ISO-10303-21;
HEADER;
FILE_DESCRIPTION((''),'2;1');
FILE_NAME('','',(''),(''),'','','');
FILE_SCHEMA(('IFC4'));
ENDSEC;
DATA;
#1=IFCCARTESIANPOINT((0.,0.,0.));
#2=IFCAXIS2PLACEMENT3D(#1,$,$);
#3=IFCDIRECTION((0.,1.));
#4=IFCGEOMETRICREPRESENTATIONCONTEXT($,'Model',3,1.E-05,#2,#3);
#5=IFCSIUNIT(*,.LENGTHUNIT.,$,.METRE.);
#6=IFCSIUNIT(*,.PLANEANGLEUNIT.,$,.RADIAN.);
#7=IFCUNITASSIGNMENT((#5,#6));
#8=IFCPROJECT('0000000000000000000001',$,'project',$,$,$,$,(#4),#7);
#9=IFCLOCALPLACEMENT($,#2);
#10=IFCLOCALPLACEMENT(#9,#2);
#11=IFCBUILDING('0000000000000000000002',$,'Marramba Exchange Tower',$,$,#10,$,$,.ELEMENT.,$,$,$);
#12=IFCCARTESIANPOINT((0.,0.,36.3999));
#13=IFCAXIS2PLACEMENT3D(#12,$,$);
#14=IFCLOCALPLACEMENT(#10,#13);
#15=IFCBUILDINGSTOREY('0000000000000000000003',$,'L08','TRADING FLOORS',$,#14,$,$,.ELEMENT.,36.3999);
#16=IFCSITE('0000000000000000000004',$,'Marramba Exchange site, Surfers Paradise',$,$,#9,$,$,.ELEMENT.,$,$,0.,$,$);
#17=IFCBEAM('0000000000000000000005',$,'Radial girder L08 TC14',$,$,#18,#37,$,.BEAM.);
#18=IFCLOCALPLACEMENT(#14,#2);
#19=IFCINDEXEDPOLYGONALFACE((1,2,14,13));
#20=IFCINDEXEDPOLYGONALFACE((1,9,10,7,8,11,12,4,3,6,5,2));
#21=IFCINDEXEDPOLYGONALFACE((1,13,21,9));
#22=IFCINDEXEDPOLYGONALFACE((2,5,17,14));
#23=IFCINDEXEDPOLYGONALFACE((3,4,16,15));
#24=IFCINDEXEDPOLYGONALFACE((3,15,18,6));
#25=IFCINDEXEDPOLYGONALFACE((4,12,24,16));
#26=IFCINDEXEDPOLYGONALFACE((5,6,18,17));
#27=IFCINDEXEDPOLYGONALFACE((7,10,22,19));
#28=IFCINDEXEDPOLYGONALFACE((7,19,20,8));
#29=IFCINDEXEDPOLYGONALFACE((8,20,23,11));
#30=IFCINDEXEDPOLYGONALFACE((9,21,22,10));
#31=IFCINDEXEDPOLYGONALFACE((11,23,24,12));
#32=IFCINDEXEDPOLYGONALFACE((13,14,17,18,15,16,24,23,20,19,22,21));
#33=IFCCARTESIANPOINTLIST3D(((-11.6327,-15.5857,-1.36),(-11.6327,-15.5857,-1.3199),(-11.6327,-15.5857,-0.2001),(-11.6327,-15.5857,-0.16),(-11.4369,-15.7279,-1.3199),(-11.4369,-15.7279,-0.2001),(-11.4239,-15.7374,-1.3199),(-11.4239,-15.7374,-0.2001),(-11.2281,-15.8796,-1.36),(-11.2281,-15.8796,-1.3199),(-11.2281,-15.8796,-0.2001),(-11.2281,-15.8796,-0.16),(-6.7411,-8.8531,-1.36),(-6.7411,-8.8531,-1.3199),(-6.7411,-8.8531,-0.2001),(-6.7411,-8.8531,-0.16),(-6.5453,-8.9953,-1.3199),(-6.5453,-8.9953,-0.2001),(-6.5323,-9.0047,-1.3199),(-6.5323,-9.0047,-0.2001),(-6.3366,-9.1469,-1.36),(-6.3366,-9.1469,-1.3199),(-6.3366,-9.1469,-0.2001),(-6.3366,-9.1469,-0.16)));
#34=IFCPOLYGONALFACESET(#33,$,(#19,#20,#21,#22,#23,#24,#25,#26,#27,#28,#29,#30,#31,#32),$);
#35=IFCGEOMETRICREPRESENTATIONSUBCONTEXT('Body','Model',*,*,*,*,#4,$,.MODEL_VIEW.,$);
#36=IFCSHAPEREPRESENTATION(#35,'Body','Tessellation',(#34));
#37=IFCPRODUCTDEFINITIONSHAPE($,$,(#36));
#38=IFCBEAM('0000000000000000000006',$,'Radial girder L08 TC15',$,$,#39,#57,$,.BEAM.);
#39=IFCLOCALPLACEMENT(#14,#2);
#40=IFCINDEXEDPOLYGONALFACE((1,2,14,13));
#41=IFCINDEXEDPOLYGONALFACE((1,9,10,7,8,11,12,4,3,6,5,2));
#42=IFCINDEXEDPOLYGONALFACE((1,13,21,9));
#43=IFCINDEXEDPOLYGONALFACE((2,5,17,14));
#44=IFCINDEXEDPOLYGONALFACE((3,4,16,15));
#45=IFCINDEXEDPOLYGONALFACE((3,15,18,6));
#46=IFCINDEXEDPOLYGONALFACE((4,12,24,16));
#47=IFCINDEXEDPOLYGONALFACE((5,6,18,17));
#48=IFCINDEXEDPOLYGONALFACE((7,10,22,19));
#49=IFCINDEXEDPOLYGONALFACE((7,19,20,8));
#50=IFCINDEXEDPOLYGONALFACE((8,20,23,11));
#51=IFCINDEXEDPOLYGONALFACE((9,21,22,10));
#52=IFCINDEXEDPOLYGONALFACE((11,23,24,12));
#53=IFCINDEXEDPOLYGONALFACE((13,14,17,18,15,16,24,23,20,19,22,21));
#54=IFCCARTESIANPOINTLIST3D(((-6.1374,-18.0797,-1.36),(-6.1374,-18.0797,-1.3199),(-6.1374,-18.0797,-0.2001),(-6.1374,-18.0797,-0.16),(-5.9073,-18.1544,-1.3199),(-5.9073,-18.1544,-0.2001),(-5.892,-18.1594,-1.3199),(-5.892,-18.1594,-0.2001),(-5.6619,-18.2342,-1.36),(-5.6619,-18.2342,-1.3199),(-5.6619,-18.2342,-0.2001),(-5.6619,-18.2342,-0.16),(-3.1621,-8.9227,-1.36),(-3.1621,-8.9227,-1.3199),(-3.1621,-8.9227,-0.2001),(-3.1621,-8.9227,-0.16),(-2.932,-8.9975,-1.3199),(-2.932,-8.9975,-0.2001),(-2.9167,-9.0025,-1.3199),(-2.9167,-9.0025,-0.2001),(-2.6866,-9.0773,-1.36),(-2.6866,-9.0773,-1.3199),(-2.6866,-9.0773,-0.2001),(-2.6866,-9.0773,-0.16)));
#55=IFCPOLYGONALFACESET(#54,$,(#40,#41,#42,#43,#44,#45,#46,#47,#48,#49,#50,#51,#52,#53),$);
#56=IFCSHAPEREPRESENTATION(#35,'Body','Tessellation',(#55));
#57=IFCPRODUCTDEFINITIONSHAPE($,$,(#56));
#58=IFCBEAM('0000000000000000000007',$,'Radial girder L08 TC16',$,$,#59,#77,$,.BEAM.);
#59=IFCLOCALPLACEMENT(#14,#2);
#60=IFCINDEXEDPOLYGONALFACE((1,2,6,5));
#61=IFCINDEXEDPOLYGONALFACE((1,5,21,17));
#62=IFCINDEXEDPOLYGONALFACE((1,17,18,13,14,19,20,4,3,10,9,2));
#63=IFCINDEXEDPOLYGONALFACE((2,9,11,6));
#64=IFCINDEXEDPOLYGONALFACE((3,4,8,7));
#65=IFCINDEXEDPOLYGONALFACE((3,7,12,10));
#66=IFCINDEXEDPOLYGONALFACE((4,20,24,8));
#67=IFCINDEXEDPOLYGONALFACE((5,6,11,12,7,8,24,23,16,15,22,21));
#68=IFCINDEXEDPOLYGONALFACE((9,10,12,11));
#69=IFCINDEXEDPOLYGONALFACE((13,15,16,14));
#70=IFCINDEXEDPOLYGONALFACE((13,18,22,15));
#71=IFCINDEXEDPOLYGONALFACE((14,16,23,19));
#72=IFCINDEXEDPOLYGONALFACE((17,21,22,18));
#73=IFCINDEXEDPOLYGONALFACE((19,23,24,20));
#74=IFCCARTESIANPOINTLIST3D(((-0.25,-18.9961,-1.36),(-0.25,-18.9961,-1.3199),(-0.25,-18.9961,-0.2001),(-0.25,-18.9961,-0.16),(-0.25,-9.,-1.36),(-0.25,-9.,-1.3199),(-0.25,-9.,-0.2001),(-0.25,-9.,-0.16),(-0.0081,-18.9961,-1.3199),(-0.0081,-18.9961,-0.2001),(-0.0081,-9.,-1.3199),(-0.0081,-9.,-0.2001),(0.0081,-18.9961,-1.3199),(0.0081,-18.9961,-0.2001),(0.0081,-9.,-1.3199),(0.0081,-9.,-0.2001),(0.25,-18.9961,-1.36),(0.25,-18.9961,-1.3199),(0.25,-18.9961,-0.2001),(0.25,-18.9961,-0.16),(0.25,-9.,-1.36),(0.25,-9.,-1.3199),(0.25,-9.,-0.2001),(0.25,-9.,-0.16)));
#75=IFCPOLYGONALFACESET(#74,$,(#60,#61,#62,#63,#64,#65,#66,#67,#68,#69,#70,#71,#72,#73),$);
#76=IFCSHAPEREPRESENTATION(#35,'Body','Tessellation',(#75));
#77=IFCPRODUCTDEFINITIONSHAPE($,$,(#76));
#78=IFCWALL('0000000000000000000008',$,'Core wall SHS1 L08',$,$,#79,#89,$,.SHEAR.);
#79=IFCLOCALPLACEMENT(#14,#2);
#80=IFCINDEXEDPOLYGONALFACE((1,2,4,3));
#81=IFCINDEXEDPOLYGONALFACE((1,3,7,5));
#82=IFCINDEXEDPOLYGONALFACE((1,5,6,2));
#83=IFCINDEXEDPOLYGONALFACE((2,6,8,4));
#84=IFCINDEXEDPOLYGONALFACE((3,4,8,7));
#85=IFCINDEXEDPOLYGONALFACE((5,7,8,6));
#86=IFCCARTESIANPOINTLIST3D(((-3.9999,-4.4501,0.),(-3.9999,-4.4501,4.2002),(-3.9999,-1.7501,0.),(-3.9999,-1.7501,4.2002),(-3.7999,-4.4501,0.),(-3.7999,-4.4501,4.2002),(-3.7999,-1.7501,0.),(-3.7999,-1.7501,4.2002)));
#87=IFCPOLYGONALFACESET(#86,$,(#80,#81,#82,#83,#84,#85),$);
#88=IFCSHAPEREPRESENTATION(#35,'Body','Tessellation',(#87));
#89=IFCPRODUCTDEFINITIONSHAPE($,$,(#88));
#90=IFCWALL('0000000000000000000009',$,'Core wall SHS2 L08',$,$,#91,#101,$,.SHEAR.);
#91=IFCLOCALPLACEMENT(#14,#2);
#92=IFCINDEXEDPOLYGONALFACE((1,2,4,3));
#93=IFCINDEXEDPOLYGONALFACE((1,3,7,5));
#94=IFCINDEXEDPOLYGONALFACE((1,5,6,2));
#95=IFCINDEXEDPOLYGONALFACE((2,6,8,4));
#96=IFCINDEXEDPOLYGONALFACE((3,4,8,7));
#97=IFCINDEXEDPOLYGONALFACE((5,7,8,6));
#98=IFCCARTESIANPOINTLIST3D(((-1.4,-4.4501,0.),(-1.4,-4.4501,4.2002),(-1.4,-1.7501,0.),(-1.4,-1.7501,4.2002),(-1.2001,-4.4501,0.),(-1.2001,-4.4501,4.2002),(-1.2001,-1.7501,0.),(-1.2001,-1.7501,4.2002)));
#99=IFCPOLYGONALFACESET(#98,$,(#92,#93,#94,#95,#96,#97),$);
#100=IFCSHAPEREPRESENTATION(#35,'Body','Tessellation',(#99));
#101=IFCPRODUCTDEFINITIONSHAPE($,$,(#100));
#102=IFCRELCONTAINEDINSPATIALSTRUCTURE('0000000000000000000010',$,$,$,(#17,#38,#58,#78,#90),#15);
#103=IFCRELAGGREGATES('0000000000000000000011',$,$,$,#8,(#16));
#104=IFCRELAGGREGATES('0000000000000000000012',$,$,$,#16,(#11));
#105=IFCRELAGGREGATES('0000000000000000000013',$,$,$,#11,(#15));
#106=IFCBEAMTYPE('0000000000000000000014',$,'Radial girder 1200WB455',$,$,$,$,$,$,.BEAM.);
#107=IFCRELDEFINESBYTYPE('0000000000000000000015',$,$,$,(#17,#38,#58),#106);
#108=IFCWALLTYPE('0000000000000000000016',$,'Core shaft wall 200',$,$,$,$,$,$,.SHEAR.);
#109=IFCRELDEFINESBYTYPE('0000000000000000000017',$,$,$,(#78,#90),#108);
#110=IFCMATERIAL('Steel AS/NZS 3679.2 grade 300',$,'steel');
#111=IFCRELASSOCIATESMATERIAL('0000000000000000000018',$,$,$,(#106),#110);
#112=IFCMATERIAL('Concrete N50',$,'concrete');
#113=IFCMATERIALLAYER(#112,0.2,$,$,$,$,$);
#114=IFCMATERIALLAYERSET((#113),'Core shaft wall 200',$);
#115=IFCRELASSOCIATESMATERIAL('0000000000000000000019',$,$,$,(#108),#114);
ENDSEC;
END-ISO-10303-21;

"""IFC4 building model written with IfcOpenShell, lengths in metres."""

from ifc_helpers import new_model, si_unit, direction, frame, frame_2d, origin, origin_2d, place, context, subcontext, project, spatial, rectangle, i_section, extrude, material, layer, layer_set, material_profile, profile_set, type_object, element, save


model = new_model("IFC4")

# Units and contexts
model_context = context("Model", 3, precision=1e-05, world=origin(), true_north=direction((0.0, 1.0)))
body_context = subcontext(model_context, "Body", "Model", "MODEL_VIEW")
ifc_project = project(units=[si_unit("LENGTHUNIT", "METRE"), si_unit("PLANEANGLEUNIT", "RADIAN")], contexts=[model_context])

# Site, building, storey
site_placement = place(None, origin())
site = spatial("IfcSite", under=ifc_project, at=site_placement, Name="Marramba Exchange site, Surfers Paradise", CompositionType="ELEMENT", RefElevation=0.0)
building_placement = place(site_placement, origin())
building = spatial("IfcBuilding", under=site, at=building_placement, Name="Marramba Exchange Tower", CompositionType="ELEMENT")
storey_placement = place(building_placement, frame((0.0, 0.0, 36.3999)))
storey = spatial("IfcBuildingStorey", under=building, at=storey_placement, Name="L08", Description="TRADING FLOORS", CompositionType="ELEMENT", Elevation=36.3999)

# Beams
ifc_material_1 = material(Name="Steel AS/NZS 3679.2 grade 300", Category="steel")
ifc_material_profile = material_profile(ifc_material_1, i_section(OverallWidth=0.5, OverallDepth=1.2, WebThickness=0.0161, FlangeThickness=0.04, at=origin_2d()), Name="1200WB455")
ifc_profile_set = profile_set([ifc_material_profile], Name="Steel AS/NZS 3679.2 grade 300")
beam_type = type_object("IfcBeamType", Name="Radial girder 1200WB455", PredefinedType="BEAM", material=ifc_profile_set)
beam_1_placement = place(storey_placement, frame((-6.5388, -9.0, -0.76), z_axis=(-0.587788, -0.809015, 0.0), x_axis=(0.809015, -0.587788, 0.0)))
element("IfcBeam", 1, at=beam_1_placement, inside=storey, type_object=beam_type, Name="Radial girder L08 TC14", PredefinedType="BEAM", context=body_context, shape_type="SweptSolid", body=[
    extrude(i_section(OverallWidth=0.5, OverallDepth=1.2, WebThickness=0.0161, FlangeThickness=0.04, at=origin_2d()), origin(), (0.0, 0.0, 1.0), 8.322),
])
beam_2_placement = place(storey_placement, frame((-2.9243, -9.0, -0.76), z_axis=(-0.309022, -0.951055, 0.0), x_axis=(0.951055, -0.309022, 0.0)))
element("IfcBeam", 2, at=beam_2_placement, inside=storey, type_object=beam_type, Name="Radial girder L08 TC15", PredefinedType="BEAM", context=body_context, shape_type="SweptSolid", body=[
    extrude(i_section(OverallWidth=0.5, OverallDepth=1.2, WebThickness=0.0161, FlangeThickness=0.04, at=origin_2d()), origin(), (0.0, 0.0, 1.0), 9.6282),
])
beam_3_placement = place(storey_placement, frame((0.0, -9.0, -0.76), z_axis=(0.0, -1.0, 0.0), x_axis=(1.0, 0.0, 0.0)))
element("IfcBeam", 3, at=beam_3_placement, inside=storey, type_object=beam_type, Name="Radial girder L08 TC16", PredefinedType="BEAM", context=body_context, shape_type="SweptSolid", body=[
    extrude(i_section(OverallWidth=0.5, OverallDepth=1.2, WebThickness=0.0161, FlangeThickness=0.04, at=origin_2d()), origin(), (0.0, 0.0, 1.0), 9.9961),
])

# Walls
ifc_material_2 = material(Name="Concrete N50", Category="concrete")
ifc_layer_1 = layer(ifc_material_2, 0.2)
ifc_layer_set_1 = layer_set([ifc_layer_1], Name="Core shaft wall 200")
wall_type_1 = type_object("IfcWallType", Name="Core shaft wall 200", PredefinedType="SHEAR", material=ifc_layer_set_1)
for number, where, z_axis, x_axis, name in (
    (4, (-3.8999, -1.75, 0.0), (0.0, 0.0, 1.0), (0.0, -1.0, 0.0), "Core wall SHS1 L08"),
    (5, (-1.3, -1.75, 0.0), (0.0, 0.0, 1.0), (0.0, -1.0, 0.0), "Core wall SHS2 L08"),
):
    element("IfcWall", number, at=place(storey_placement, frame(where, z_axis=z_axis, x_axis=x_axis)), inside=storey, type_object=wall_type_1, Name=name, PredefinedType="SHEAR", context=body_context, shape_type="SweptSolid", body=[
        extrude(rectangle(XDim=2.7, YDim=0.2, at=frame_2d((1.3501, 0.0))), origin(), (0.0, 0.0, 1.0), 4.2002),
    ])

save(model, "model.ifc")
